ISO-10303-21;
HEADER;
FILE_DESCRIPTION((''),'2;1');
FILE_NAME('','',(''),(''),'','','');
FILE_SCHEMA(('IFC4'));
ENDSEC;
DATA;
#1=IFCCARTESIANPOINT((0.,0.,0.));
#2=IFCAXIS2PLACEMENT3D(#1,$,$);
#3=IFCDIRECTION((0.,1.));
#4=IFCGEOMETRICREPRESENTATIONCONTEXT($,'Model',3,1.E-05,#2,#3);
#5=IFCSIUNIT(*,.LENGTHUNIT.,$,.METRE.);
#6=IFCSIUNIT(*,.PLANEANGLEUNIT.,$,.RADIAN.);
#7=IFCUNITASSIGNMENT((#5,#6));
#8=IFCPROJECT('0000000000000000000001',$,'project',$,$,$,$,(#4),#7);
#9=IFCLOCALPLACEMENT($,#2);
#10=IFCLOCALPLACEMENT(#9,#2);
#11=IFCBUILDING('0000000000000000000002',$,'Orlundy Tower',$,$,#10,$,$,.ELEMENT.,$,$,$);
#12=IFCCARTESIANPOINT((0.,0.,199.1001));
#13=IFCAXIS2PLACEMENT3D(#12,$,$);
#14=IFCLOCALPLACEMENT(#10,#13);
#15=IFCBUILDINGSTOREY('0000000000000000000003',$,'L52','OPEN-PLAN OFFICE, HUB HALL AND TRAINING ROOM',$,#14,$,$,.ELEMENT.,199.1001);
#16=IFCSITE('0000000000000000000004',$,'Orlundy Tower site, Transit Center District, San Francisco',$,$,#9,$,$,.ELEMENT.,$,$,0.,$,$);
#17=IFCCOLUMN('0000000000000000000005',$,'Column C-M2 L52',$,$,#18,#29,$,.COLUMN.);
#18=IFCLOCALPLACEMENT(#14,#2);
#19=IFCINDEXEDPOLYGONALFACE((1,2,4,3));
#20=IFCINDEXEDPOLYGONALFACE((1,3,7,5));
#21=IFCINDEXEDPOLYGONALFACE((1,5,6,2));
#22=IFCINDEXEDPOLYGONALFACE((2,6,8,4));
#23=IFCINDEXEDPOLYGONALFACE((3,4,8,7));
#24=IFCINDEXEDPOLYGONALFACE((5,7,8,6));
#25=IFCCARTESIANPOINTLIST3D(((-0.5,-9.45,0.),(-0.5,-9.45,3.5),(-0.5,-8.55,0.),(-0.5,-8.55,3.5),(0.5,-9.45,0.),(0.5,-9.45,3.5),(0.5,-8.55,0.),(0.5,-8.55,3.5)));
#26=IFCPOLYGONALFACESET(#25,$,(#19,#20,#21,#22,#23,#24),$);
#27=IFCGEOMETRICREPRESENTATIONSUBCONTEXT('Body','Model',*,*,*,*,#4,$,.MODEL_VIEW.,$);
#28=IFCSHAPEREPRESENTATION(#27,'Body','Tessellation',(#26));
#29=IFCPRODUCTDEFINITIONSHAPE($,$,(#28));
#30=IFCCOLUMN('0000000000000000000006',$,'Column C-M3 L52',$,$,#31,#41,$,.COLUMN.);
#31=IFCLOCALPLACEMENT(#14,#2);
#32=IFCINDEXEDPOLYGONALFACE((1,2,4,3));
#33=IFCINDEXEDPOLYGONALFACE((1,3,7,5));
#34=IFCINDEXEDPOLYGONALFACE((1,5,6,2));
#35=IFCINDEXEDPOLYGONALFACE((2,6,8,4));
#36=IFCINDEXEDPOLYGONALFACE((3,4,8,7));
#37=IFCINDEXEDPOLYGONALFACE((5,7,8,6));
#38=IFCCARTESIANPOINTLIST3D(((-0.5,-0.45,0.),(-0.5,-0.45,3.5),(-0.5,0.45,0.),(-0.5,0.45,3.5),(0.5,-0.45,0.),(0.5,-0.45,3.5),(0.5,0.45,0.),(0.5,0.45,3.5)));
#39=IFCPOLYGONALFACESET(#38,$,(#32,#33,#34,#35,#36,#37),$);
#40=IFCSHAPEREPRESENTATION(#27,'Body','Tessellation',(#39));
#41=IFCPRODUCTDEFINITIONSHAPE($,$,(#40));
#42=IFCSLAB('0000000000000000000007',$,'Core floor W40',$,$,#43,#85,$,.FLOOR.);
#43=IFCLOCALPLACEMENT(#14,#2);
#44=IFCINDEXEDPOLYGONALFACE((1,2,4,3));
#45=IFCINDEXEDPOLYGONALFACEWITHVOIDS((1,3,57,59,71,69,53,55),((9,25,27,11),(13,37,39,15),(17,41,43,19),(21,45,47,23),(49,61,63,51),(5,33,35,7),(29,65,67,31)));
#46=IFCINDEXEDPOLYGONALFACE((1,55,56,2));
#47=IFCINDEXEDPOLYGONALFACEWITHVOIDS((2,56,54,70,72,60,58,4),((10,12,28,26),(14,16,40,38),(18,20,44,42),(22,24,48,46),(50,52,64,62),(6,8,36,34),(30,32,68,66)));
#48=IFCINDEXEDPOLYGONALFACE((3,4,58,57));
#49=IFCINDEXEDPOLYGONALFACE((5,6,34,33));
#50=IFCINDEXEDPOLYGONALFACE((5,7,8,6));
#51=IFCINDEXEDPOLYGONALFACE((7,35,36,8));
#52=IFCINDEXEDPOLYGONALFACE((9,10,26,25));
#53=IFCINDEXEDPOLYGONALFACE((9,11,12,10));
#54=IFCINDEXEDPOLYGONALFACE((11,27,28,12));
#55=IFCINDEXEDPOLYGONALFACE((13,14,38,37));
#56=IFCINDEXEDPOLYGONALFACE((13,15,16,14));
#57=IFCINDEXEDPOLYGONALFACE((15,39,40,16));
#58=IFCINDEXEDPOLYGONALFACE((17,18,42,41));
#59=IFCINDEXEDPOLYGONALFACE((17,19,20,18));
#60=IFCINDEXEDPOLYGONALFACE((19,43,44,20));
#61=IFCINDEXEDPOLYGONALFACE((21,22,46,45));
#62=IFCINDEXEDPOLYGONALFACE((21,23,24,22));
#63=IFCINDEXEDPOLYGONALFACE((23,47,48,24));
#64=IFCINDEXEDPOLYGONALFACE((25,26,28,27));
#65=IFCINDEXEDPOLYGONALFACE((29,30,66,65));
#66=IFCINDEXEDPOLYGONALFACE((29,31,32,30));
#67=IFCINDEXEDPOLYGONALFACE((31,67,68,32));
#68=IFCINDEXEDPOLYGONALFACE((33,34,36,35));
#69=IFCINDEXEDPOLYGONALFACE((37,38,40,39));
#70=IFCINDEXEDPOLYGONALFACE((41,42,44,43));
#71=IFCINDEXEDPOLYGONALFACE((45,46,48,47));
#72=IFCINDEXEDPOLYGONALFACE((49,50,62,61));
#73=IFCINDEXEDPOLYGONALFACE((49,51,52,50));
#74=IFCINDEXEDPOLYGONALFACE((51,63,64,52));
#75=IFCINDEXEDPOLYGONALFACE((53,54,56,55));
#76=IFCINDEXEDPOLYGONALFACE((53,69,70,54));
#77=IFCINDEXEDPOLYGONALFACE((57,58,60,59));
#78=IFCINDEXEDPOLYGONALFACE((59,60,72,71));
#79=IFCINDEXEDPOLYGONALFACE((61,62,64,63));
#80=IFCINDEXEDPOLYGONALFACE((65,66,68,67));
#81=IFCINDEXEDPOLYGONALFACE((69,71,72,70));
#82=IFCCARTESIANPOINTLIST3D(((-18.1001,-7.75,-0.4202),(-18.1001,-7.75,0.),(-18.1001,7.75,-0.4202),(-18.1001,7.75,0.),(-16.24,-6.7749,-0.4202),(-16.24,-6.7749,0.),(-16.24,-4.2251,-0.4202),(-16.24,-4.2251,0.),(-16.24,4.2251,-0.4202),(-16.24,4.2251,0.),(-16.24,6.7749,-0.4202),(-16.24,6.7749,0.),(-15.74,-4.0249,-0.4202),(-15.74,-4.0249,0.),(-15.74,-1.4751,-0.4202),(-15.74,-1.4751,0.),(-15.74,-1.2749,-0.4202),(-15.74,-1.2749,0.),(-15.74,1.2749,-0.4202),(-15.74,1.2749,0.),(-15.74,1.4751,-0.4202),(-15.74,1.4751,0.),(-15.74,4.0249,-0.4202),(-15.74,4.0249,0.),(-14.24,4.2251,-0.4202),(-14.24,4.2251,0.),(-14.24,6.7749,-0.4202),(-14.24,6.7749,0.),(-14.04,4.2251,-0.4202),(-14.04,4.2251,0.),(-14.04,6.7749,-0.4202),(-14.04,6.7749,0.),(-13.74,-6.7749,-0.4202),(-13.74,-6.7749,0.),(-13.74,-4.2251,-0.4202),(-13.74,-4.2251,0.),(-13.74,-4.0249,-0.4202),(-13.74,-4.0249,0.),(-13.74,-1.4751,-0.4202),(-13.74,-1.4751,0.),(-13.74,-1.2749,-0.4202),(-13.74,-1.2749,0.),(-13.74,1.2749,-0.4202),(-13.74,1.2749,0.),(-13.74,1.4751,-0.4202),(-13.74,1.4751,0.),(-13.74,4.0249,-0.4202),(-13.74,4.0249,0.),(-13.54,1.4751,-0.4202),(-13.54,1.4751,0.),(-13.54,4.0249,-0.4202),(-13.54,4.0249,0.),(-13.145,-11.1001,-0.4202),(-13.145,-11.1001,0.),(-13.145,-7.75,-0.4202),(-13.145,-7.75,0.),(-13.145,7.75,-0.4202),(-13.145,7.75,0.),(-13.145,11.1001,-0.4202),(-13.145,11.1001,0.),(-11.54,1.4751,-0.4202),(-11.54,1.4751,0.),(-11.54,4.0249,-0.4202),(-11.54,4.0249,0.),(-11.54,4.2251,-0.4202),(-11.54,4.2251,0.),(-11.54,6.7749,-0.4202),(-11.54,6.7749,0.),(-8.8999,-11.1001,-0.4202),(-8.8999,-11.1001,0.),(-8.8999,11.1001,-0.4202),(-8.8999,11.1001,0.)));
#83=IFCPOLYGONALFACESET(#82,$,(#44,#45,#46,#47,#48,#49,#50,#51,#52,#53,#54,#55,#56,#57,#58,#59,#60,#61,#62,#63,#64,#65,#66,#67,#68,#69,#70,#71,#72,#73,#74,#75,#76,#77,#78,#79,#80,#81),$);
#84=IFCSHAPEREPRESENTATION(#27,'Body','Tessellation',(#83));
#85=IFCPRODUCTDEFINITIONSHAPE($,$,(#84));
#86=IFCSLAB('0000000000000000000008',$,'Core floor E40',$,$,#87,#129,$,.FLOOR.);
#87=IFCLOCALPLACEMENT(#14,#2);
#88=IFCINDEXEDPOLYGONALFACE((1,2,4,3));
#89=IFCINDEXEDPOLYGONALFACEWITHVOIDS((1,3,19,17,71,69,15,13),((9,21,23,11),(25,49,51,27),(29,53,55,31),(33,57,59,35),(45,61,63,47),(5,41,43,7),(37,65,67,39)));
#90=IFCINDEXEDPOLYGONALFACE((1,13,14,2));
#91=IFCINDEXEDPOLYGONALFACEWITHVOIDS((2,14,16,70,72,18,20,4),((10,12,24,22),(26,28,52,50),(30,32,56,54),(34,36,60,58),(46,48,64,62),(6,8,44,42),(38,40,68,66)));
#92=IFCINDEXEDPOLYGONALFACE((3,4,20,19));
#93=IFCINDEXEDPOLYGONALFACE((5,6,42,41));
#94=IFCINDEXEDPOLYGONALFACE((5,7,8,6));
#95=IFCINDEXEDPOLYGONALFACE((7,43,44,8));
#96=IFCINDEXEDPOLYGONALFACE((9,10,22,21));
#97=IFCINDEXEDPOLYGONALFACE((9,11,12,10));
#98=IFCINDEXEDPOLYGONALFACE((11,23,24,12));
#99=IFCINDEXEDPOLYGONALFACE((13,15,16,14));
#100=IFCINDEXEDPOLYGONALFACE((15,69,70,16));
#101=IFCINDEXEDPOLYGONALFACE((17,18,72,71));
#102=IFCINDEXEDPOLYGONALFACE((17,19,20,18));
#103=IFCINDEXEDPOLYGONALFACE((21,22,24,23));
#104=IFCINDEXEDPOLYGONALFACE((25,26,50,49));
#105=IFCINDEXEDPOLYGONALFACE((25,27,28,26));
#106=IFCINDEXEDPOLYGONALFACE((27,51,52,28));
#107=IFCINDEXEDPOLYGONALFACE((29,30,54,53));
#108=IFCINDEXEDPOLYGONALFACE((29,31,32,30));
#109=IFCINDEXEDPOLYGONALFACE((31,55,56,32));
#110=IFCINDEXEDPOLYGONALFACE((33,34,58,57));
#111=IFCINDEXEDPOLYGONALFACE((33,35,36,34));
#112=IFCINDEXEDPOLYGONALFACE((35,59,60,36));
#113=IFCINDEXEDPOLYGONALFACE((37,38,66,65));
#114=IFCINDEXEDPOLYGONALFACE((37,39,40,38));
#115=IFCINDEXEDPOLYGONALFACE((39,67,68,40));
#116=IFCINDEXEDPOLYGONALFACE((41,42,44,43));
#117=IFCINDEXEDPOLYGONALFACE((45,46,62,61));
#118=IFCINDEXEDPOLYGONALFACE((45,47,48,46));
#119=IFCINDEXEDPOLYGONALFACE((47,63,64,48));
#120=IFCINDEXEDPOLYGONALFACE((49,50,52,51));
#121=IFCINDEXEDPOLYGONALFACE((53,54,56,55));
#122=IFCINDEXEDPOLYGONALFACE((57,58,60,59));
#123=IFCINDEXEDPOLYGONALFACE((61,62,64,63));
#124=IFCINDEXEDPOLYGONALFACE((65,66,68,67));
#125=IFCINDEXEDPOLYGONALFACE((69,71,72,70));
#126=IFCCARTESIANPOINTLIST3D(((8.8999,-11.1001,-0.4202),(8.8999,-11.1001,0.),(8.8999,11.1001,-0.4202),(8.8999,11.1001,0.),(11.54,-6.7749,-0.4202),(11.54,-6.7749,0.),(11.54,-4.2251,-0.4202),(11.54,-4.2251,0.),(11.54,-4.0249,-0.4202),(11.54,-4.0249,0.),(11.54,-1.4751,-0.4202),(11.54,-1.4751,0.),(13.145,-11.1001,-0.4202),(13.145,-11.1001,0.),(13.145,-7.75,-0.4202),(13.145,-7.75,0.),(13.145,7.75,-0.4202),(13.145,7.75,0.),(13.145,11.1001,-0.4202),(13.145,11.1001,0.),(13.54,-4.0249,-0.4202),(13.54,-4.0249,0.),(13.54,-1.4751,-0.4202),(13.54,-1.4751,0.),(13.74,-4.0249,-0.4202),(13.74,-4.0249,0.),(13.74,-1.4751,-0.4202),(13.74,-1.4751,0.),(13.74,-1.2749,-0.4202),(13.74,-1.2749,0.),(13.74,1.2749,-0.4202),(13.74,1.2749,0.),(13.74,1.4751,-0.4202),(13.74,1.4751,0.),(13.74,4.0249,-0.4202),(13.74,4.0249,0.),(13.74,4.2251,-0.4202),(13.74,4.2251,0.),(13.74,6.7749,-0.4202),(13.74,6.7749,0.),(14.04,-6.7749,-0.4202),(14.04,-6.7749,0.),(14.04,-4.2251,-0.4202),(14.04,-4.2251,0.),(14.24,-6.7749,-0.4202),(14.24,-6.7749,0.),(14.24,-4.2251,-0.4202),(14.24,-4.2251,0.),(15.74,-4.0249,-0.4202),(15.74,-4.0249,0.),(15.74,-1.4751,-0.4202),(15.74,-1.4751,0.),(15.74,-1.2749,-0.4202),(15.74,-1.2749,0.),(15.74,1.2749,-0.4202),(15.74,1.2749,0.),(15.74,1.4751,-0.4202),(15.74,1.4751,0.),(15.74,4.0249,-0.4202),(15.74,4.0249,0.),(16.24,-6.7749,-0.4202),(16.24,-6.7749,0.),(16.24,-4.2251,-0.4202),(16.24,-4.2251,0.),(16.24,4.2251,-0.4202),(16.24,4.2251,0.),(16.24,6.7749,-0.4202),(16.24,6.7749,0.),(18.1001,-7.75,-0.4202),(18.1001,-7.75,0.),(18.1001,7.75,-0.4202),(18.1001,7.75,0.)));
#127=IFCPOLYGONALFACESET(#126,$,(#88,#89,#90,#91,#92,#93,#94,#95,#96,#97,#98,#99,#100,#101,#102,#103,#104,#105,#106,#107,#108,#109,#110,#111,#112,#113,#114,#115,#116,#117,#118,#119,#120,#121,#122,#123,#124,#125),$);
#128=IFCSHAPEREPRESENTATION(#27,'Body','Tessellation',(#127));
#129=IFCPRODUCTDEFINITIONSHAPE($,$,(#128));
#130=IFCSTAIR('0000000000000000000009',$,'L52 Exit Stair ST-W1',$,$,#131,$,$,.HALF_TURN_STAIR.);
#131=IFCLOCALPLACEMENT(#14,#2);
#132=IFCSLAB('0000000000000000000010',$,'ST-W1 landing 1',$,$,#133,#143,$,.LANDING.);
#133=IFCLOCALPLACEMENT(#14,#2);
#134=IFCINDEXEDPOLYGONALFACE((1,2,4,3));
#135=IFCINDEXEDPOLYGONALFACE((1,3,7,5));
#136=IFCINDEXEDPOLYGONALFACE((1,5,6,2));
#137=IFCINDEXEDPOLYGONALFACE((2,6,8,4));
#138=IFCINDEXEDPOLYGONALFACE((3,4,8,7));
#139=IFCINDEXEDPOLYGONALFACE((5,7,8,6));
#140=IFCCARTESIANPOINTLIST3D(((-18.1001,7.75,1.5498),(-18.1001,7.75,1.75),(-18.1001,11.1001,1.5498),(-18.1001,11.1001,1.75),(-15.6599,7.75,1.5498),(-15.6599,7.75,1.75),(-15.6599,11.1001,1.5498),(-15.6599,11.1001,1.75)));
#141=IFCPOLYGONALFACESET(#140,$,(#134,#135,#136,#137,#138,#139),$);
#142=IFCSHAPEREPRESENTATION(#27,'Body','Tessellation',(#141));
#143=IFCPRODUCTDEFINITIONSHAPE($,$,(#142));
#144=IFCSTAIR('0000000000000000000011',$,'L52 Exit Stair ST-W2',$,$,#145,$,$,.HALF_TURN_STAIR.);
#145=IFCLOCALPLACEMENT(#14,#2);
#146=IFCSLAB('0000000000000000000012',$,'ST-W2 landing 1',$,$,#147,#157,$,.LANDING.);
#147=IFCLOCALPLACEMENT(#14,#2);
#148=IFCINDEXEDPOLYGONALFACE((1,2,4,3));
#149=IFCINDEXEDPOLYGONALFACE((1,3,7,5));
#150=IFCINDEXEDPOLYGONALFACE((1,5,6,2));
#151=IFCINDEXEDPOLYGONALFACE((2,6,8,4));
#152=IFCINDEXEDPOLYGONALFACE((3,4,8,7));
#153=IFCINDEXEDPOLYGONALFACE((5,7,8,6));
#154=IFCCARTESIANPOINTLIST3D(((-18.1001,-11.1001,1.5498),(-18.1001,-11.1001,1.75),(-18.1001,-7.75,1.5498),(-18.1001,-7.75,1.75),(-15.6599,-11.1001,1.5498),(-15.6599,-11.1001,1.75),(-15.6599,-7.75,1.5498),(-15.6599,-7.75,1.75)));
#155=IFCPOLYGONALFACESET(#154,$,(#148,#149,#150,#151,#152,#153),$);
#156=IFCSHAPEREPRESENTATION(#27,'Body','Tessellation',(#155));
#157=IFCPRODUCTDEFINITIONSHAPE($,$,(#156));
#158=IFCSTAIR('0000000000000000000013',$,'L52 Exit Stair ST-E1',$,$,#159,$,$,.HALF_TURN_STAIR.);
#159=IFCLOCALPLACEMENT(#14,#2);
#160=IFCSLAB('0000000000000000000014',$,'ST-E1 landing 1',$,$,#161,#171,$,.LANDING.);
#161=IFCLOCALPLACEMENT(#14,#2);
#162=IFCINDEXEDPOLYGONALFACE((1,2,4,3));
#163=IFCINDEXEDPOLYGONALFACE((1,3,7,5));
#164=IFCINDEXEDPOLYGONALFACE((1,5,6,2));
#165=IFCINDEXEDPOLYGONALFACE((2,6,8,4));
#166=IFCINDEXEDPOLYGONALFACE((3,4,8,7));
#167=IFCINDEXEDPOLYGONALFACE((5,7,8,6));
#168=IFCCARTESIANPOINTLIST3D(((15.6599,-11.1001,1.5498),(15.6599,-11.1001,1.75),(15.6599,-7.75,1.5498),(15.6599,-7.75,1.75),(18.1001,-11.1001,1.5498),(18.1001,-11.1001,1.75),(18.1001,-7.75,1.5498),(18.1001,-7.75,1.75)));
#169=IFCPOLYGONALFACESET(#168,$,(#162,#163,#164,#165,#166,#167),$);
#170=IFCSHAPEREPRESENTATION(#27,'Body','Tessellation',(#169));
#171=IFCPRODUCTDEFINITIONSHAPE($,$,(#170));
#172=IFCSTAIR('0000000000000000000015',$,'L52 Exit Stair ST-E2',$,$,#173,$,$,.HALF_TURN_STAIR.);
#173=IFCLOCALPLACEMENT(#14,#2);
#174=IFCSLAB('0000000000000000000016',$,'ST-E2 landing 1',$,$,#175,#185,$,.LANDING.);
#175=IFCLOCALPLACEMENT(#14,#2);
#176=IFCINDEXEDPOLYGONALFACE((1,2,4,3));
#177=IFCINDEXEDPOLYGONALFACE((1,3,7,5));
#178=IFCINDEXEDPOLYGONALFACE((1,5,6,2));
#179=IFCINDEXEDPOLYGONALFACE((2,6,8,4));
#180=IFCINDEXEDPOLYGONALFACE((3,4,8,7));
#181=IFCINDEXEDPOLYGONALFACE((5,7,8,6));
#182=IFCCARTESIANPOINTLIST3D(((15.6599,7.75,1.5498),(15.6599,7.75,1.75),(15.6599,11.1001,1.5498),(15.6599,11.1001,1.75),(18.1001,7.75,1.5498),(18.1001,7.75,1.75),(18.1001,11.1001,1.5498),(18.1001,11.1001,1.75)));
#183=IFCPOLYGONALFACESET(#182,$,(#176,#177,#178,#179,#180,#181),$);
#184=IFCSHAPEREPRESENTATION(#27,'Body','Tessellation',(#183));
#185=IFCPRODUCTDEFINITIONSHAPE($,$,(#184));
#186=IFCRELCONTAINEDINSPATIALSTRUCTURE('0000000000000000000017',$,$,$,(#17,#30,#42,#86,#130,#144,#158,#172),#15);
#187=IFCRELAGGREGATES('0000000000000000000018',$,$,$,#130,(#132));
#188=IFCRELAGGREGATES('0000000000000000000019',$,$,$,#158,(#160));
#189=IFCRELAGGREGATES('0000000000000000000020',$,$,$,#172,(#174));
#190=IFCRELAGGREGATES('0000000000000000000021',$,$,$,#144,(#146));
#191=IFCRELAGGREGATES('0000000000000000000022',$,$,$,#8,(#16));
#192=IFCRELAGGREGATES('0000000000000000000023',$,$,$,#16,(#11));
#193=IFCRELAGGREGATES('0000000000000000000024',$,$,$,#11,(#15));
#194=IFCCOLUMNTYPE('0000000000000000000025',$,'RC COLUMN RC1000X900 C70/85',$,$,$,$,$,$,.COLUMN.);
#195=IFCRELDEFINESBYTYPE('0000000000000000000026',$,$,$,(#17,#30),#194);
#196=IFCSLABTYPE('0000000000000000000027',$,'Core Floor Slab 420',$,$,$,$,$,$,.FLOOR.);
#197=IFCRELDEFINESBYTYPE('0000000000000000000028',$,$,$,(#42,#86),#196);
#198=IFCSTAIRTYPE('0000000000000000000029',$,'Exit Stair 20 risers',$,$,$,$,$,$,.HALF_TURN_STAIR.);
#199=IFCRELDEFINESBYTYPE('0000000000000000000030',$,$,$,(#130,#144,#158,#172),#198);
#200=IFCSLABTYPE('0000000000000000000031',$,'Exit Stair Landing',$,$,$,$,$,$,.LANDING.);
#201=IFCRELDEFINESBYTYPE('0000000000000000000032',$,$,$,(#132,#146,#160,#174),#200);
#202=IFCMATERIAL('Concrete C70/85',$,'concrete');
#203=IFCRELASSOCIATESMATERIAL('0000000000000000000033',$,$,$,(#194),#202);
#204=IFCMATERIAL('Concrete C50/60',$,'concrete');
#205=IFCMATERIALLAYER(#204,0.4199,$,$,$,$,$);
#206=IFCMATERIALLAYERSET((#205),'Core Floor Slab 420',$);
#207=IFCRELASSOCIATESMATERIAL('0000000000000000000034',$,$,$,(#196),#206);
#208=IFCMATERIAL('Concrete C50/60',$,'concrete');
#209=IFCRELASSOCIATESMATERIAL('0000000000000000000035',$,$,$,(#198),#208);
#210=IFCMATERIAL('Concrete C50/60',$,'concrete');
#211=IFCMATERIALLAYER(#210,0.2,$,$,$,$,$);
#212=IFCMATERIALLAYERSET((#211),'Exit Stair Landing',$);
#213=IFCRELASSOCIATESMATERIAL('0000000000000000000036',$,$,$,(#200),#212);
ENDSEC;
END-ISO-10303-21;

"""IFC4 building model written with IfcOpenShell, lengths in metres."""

from ifc_helpers import new_model, si_unit, direction, frame, origin, origin_2d, place, context, subcontext, project, spatial, polyline, rectangle, outline, extrude, material, layer, layer_set, material_profile, profile_set, type_object, element, aggregate, save


model = new_model("IFC4")

# Units and contexts
model_context = context("Model", 3, precision=1e-05, world=origin(), true_north=direction((0.0, 1.0)))
body_context = subcontext(model_context, "Body", "Model", "MODEL_VIEW")
ifc_project = project(units=[si_unit("LENGTHUNIT", "METRE"), si_unit("PLANEANGLEUNIT", "RADIAN")], contexts=[model_context])

# Site, building, storey
site_placement = place(None, origin())
site = spatial("IfcSite", under=ifc_project, at=site_placement, Name="Orlundy Tower site, Transit Center District, San Francisco", CompositionType="ELEMENT", RefElevation=0.0)
building_placement = place(site_placement, origin())
building = spatial("IfcBuilding", under=site, at=building_placement, Name="Orlundy Tower", CompositionType="ELEMENT")
storey_placement = place(building_placement, frame((0.0, 0.0, 199.1001)))
storey = spatial("IfcBuildingStorey", under=building, at=storey_placement, Name="L52", Description="OPEN-PLAN OFFICE, HUB HALL AND TRAINING ROOM", CompositionType="ELEMENT", Elevation=199.1001)

# Columns
ifc_material_1 = material(Name="Concrete C70/85", Category="concrete")
ifc_material_profile = material_profile(ifc_material_1, rectangle(XDim=1.0, YDim=0.8999, at=origin_2d()), Name="RC1000X900")
ifc_profile_set = profile_set([ifc_material_profile], Name="Concrete C70/85")
column_type = type_object("IfcColumnType", Name="RC COLUMN RC1000X900 C70/85", PredefinedType="COLUMN", material=ifc_profile_set)
for number, where, z_axis, x_axis, name in (
    (1, (0.0, -9.0, 0.0), (0.0, 0.0, 1.0), (1.0, 0.0, 0.0), "Column C-M2 L52"),
    (2, (0.0, 0.0, 0.0), (0.0, 0.0, 1.0), (1.0, 0.0, 0.0), "Column C-M3 L52"),
):
    element("IfcColumn", number, at=place(storey_placement, frame(where, z_axis=z_axis, x_axis=x_axis)), inside=storey, type_object=column_type, Name=name, PredefinedType="COLUMN", context=body_context, shape_type="SweptSolid", body=[
        extrude(rectangle(XDim=1.0, YDim=0.8999, at=origin_2d()), origin(), (0.0, 0.0, 1.0), 3.5),
    ])

# Slabs
ifc_material_2 = material(Name="Concrete C50/60", Category="concrete")
ifc_layer_1 = layer(ifc_material_2, 0.4199)
ifc_layer_set_1 = layer_set([ifc_layer_1], Name="Core Floor Slab 420")
slab_type_1 = type_object("IfcSlabType", Name="Core Floor Slab 420", PredefinedType="FLOOR", material=ifc_layer_set_1)
slab_1_placement = place(storey_placement, frame((0.0, 0.0, -0.4202)))
element("IfcSlab", 3, at=slab_1_placement, inside=storey, type_object=slab_type_1, Name="Core floor W40", PredefinedType="FLOOR", context=body_context, shape_type="SweptSolid", body=[
    extrude(outline(polyline([(-13.145, -11.1001), (-13.145, -7.75), (-18.1001, -7.75), (-18.1001, 7.75), (-13.145, 7.75), (-13.145, 11.1001), (-8.8999, 11.1001), (-8.8999, -11.1001), (-13.145, -11.1001)]), holes=[polyline([(-13.74, -4.2251), (-16.24, -4.2251), (-16.24, -6.7749), (-13.74, -6.7749), (-13.74, -4.2251)]), polyline([(-13.74, -4.0249), (-13.74, -1.4751), (-15.74, -1.4751), (-15.74, -4.0249), (-13.74, -4.0249)]), polyline([(-15.74, -1.2749), (-13.74, -1.2749), (-13.74, 1.2749), (-15.74, 1.2749), (-15.74, -1.2749)]), polyline([(-13.54, 4.0249), (-13.54, 1.4751), (-11.54, 1.4751), (-11.54, 4.0249), (-13.54, 4.0249)]), polyline([(-13.74, 4.0249), (-15.74, 4.0249), (-15.74, 1.4751), (-13.74, 1.4751), (-13.74, 4.0249)]), polyline([(-11.54, 4.2251), (-11.54, 6.7749), (-14.04, 6.7749), (-14.04, 4.2251), (-11.54, 4.2251)]), polyline([(-16.24, 4.2251), (-14.24, 4.2251), (-14.24, 6.7749), (-16.24, 6.7749), (-16.24, 4.2251)])]), origin(), (0.0, 0.0, 1.0), 0.4202),
])
slab_2_placement = place(storey_placement, frame((0.0, 0.0, -0.4202)))
element("IfcSlab", 4, at=slab_2_placement, inside=storey, type_object=slab_type_1, Name="Core floor E40", PredefinedType="FLOOR", context=body_context, shape_type="SweptSolid", body=[
    extrude(outline(polyline([(13.145, 11.1001), (13.145, 7.75), (18.1001, 7.75), (18.1001, -7.75), (13.145, -7.75), (13.145, -11.1001), (8.8999, -11.1001), (8.8999, 11.1001), (13.145, 11.1001)]), holes=[polyline([(13.74, 4.2251), (16.24, 4.2251), (16.24, 6.7749), (13.74, 6.7749), (13.74, 4.2251)]), polyline([(13.74, 4.0249), (13.74, 1.4751), (15.74, 1.4751), (15.74, 4.0249), (13.74, 4.0249)]), polyline([(15.74, 1.2749), (13.74, 1.2749), (13.74, -1.2749), (15.74, -1.2749), (15.74, 1.2749)]), polyline([(13.54, -4.0249), (13.54, -1.4751), (11.54, -1.4751), (11.54, -4.0249), (13.54, -4.0249)]), polyline([(13.74, -4.0249), (15.74, -4.0249), (15.74, -1.4751), (13.74, -1.4751), (13.74, -4.0249)]), polyline([(11.54, -4.2251), (11.54, -6.7749), (14.04, -6.7749), (14.04, -4.2251), (11.54, -4.2251)]), polyline([(16.24, -4.2251), (14.24, -4.2251), (14.24, -6.7749), (16.24, -6.7749), (16.24, -4.2251)])]), origin(), (0.0, 0.0, 1.0), 0.4202),
])

# Stairs, slabs
ifc_material_3 = material(Name="Concrete C50/60", Category="concrete")
stair_type = type_object("IfcStairType", Name="Exit Stair 20 risers", PredefinedType="HALF_TURN_STAIR", material=ifc_material_3)
stair_1_placement = place(storey_placement, origin())
stair_1 = element("IfcStair", 5, at=stair_1_placement, inside=storey, type_object=stair_type, Name="L52 Exit Stair ST-W1", PredefinedType="HALF_TURN_STAIR")
ifc_material_4 = material(Name="Concrete C50/60", Category="concrete")
ifc_layer_2 = layer(ifc_material_4, 0.2)
ifc_layer_set_2 = layer_set([ifc_layer_2], Name="Exit Stair Landing")
slab_type_2 = type_object("IfcSlabType", Name="Exit Stair Landing", PredefinedType="LANDING", material=ifc_layer_set_2)
slab_3_placement = place(storey_placement, frame((0.0, 0.0, 1.5498)))
slab_3 = element("IfcSlab", 6, at=slab_3_placement, type_object=slab_type_2, Name="ST-W1 landing 1", PredefinedType="LANDING", context=body_context, shape_type="SweptSolid", body=[
    extrude(outline(polyline([(-15.6599, 11.1001), (-18.1001, 11.1001), (-18.1001, 7.75), (-15.6599, 7.75), (-15.6599, 11.1001)])), origin(), (0.0, 0.0, 1.0), 0.2002),
])
aggregate(stair_1, [slab_3])
stair_2_placement = place(storey_placement, origin())
stair_2 = element("IfcStair", 7, at=stair_2_placement, inside=storey, type_object=stair_type, Name="L52 Exit Stair ST-W2", PredefinedType="HALF_TURN_STAIR")
slab_4_placement = place(storey_placement, frame((0.0, 0.0, 1.5498)))
slab_4 = element("IfcSlab", 8, at=slab_4_placement, type_object=slab_type_2, Name="ST-W2 landing 1", PredefinedType="LANDING", context=body_context, shape_type="SweptSolid", body=[
    extrude(outline(polyline([(-15.6599, -7.75), (-18.1001, -7.75), (-18.1001, -11.1001), (-15.6599, -11.1001), (-15.6599, -7.75)])), origin(), (0.0, 0.0, 1.0), 0.2002),
])
stair_3_placement = place(storey_placement, origin())
stair_3 = element("IfcStair", 9, at=stair_3_placement, inside=storey, type_object=stair_type, Name="L52 Exit Stair ST-E1", PredefinedType="HALF_TURN_STAIR")
slab_5_placement = place(storey_placement, frame((0.0, 0.0, 1.5498)))
slab_5 = element("IfcSlab", 10, at=slab_5_placement, type_object=slab_type_2, Name="ST-E1 landing 1", PredefinedType="LANDING", context=body_context, shape_type="SweptSolid", body=[
    extrude(outline(polyline([(15.6599, -11.1001), (18.1001, -11.1001), (18.1001, -7.75), (15.6599, -7.75), (15.6599, -11.1001)])), origin(), (0.0, 0.0, 1.0), 0.2002),
])
aggregate(stair_3, [slab_5])
stair_4_placement = place(storey_placement, origin())
stair_4 = element("IfcStair", 11, at=stair_4_placement, inside=storey, type_object=stair_type, Name="L52 Exit Stair ST-E2", PredefinedType="HALF_TURN_STAIR")
slab_6_placement = place(storey_placement, frame((0.0, 0.0, 1.5498)))
slab_6 = element("IfcSlab", 12, at=slab_6_placement, type_object=slab_type_2, Name="ST-E2 landing 1", PredefinedType="LANDING", context=body_context, shape_type="SweptSolid", body=[
    extrude(outline(polyline([(15.6599, 7.75), (18.1001, 7.75), (18.1001, 11.1001), (15.6599, 11.1001), (15.6599, 7.75)])), origin(), (0.0, 0.0, 1.0), 0.2002),
])
aggregate(stair_4, [slab_6])

aggregate(stair_2, [slab_4])

save(model, "model.ifc")
